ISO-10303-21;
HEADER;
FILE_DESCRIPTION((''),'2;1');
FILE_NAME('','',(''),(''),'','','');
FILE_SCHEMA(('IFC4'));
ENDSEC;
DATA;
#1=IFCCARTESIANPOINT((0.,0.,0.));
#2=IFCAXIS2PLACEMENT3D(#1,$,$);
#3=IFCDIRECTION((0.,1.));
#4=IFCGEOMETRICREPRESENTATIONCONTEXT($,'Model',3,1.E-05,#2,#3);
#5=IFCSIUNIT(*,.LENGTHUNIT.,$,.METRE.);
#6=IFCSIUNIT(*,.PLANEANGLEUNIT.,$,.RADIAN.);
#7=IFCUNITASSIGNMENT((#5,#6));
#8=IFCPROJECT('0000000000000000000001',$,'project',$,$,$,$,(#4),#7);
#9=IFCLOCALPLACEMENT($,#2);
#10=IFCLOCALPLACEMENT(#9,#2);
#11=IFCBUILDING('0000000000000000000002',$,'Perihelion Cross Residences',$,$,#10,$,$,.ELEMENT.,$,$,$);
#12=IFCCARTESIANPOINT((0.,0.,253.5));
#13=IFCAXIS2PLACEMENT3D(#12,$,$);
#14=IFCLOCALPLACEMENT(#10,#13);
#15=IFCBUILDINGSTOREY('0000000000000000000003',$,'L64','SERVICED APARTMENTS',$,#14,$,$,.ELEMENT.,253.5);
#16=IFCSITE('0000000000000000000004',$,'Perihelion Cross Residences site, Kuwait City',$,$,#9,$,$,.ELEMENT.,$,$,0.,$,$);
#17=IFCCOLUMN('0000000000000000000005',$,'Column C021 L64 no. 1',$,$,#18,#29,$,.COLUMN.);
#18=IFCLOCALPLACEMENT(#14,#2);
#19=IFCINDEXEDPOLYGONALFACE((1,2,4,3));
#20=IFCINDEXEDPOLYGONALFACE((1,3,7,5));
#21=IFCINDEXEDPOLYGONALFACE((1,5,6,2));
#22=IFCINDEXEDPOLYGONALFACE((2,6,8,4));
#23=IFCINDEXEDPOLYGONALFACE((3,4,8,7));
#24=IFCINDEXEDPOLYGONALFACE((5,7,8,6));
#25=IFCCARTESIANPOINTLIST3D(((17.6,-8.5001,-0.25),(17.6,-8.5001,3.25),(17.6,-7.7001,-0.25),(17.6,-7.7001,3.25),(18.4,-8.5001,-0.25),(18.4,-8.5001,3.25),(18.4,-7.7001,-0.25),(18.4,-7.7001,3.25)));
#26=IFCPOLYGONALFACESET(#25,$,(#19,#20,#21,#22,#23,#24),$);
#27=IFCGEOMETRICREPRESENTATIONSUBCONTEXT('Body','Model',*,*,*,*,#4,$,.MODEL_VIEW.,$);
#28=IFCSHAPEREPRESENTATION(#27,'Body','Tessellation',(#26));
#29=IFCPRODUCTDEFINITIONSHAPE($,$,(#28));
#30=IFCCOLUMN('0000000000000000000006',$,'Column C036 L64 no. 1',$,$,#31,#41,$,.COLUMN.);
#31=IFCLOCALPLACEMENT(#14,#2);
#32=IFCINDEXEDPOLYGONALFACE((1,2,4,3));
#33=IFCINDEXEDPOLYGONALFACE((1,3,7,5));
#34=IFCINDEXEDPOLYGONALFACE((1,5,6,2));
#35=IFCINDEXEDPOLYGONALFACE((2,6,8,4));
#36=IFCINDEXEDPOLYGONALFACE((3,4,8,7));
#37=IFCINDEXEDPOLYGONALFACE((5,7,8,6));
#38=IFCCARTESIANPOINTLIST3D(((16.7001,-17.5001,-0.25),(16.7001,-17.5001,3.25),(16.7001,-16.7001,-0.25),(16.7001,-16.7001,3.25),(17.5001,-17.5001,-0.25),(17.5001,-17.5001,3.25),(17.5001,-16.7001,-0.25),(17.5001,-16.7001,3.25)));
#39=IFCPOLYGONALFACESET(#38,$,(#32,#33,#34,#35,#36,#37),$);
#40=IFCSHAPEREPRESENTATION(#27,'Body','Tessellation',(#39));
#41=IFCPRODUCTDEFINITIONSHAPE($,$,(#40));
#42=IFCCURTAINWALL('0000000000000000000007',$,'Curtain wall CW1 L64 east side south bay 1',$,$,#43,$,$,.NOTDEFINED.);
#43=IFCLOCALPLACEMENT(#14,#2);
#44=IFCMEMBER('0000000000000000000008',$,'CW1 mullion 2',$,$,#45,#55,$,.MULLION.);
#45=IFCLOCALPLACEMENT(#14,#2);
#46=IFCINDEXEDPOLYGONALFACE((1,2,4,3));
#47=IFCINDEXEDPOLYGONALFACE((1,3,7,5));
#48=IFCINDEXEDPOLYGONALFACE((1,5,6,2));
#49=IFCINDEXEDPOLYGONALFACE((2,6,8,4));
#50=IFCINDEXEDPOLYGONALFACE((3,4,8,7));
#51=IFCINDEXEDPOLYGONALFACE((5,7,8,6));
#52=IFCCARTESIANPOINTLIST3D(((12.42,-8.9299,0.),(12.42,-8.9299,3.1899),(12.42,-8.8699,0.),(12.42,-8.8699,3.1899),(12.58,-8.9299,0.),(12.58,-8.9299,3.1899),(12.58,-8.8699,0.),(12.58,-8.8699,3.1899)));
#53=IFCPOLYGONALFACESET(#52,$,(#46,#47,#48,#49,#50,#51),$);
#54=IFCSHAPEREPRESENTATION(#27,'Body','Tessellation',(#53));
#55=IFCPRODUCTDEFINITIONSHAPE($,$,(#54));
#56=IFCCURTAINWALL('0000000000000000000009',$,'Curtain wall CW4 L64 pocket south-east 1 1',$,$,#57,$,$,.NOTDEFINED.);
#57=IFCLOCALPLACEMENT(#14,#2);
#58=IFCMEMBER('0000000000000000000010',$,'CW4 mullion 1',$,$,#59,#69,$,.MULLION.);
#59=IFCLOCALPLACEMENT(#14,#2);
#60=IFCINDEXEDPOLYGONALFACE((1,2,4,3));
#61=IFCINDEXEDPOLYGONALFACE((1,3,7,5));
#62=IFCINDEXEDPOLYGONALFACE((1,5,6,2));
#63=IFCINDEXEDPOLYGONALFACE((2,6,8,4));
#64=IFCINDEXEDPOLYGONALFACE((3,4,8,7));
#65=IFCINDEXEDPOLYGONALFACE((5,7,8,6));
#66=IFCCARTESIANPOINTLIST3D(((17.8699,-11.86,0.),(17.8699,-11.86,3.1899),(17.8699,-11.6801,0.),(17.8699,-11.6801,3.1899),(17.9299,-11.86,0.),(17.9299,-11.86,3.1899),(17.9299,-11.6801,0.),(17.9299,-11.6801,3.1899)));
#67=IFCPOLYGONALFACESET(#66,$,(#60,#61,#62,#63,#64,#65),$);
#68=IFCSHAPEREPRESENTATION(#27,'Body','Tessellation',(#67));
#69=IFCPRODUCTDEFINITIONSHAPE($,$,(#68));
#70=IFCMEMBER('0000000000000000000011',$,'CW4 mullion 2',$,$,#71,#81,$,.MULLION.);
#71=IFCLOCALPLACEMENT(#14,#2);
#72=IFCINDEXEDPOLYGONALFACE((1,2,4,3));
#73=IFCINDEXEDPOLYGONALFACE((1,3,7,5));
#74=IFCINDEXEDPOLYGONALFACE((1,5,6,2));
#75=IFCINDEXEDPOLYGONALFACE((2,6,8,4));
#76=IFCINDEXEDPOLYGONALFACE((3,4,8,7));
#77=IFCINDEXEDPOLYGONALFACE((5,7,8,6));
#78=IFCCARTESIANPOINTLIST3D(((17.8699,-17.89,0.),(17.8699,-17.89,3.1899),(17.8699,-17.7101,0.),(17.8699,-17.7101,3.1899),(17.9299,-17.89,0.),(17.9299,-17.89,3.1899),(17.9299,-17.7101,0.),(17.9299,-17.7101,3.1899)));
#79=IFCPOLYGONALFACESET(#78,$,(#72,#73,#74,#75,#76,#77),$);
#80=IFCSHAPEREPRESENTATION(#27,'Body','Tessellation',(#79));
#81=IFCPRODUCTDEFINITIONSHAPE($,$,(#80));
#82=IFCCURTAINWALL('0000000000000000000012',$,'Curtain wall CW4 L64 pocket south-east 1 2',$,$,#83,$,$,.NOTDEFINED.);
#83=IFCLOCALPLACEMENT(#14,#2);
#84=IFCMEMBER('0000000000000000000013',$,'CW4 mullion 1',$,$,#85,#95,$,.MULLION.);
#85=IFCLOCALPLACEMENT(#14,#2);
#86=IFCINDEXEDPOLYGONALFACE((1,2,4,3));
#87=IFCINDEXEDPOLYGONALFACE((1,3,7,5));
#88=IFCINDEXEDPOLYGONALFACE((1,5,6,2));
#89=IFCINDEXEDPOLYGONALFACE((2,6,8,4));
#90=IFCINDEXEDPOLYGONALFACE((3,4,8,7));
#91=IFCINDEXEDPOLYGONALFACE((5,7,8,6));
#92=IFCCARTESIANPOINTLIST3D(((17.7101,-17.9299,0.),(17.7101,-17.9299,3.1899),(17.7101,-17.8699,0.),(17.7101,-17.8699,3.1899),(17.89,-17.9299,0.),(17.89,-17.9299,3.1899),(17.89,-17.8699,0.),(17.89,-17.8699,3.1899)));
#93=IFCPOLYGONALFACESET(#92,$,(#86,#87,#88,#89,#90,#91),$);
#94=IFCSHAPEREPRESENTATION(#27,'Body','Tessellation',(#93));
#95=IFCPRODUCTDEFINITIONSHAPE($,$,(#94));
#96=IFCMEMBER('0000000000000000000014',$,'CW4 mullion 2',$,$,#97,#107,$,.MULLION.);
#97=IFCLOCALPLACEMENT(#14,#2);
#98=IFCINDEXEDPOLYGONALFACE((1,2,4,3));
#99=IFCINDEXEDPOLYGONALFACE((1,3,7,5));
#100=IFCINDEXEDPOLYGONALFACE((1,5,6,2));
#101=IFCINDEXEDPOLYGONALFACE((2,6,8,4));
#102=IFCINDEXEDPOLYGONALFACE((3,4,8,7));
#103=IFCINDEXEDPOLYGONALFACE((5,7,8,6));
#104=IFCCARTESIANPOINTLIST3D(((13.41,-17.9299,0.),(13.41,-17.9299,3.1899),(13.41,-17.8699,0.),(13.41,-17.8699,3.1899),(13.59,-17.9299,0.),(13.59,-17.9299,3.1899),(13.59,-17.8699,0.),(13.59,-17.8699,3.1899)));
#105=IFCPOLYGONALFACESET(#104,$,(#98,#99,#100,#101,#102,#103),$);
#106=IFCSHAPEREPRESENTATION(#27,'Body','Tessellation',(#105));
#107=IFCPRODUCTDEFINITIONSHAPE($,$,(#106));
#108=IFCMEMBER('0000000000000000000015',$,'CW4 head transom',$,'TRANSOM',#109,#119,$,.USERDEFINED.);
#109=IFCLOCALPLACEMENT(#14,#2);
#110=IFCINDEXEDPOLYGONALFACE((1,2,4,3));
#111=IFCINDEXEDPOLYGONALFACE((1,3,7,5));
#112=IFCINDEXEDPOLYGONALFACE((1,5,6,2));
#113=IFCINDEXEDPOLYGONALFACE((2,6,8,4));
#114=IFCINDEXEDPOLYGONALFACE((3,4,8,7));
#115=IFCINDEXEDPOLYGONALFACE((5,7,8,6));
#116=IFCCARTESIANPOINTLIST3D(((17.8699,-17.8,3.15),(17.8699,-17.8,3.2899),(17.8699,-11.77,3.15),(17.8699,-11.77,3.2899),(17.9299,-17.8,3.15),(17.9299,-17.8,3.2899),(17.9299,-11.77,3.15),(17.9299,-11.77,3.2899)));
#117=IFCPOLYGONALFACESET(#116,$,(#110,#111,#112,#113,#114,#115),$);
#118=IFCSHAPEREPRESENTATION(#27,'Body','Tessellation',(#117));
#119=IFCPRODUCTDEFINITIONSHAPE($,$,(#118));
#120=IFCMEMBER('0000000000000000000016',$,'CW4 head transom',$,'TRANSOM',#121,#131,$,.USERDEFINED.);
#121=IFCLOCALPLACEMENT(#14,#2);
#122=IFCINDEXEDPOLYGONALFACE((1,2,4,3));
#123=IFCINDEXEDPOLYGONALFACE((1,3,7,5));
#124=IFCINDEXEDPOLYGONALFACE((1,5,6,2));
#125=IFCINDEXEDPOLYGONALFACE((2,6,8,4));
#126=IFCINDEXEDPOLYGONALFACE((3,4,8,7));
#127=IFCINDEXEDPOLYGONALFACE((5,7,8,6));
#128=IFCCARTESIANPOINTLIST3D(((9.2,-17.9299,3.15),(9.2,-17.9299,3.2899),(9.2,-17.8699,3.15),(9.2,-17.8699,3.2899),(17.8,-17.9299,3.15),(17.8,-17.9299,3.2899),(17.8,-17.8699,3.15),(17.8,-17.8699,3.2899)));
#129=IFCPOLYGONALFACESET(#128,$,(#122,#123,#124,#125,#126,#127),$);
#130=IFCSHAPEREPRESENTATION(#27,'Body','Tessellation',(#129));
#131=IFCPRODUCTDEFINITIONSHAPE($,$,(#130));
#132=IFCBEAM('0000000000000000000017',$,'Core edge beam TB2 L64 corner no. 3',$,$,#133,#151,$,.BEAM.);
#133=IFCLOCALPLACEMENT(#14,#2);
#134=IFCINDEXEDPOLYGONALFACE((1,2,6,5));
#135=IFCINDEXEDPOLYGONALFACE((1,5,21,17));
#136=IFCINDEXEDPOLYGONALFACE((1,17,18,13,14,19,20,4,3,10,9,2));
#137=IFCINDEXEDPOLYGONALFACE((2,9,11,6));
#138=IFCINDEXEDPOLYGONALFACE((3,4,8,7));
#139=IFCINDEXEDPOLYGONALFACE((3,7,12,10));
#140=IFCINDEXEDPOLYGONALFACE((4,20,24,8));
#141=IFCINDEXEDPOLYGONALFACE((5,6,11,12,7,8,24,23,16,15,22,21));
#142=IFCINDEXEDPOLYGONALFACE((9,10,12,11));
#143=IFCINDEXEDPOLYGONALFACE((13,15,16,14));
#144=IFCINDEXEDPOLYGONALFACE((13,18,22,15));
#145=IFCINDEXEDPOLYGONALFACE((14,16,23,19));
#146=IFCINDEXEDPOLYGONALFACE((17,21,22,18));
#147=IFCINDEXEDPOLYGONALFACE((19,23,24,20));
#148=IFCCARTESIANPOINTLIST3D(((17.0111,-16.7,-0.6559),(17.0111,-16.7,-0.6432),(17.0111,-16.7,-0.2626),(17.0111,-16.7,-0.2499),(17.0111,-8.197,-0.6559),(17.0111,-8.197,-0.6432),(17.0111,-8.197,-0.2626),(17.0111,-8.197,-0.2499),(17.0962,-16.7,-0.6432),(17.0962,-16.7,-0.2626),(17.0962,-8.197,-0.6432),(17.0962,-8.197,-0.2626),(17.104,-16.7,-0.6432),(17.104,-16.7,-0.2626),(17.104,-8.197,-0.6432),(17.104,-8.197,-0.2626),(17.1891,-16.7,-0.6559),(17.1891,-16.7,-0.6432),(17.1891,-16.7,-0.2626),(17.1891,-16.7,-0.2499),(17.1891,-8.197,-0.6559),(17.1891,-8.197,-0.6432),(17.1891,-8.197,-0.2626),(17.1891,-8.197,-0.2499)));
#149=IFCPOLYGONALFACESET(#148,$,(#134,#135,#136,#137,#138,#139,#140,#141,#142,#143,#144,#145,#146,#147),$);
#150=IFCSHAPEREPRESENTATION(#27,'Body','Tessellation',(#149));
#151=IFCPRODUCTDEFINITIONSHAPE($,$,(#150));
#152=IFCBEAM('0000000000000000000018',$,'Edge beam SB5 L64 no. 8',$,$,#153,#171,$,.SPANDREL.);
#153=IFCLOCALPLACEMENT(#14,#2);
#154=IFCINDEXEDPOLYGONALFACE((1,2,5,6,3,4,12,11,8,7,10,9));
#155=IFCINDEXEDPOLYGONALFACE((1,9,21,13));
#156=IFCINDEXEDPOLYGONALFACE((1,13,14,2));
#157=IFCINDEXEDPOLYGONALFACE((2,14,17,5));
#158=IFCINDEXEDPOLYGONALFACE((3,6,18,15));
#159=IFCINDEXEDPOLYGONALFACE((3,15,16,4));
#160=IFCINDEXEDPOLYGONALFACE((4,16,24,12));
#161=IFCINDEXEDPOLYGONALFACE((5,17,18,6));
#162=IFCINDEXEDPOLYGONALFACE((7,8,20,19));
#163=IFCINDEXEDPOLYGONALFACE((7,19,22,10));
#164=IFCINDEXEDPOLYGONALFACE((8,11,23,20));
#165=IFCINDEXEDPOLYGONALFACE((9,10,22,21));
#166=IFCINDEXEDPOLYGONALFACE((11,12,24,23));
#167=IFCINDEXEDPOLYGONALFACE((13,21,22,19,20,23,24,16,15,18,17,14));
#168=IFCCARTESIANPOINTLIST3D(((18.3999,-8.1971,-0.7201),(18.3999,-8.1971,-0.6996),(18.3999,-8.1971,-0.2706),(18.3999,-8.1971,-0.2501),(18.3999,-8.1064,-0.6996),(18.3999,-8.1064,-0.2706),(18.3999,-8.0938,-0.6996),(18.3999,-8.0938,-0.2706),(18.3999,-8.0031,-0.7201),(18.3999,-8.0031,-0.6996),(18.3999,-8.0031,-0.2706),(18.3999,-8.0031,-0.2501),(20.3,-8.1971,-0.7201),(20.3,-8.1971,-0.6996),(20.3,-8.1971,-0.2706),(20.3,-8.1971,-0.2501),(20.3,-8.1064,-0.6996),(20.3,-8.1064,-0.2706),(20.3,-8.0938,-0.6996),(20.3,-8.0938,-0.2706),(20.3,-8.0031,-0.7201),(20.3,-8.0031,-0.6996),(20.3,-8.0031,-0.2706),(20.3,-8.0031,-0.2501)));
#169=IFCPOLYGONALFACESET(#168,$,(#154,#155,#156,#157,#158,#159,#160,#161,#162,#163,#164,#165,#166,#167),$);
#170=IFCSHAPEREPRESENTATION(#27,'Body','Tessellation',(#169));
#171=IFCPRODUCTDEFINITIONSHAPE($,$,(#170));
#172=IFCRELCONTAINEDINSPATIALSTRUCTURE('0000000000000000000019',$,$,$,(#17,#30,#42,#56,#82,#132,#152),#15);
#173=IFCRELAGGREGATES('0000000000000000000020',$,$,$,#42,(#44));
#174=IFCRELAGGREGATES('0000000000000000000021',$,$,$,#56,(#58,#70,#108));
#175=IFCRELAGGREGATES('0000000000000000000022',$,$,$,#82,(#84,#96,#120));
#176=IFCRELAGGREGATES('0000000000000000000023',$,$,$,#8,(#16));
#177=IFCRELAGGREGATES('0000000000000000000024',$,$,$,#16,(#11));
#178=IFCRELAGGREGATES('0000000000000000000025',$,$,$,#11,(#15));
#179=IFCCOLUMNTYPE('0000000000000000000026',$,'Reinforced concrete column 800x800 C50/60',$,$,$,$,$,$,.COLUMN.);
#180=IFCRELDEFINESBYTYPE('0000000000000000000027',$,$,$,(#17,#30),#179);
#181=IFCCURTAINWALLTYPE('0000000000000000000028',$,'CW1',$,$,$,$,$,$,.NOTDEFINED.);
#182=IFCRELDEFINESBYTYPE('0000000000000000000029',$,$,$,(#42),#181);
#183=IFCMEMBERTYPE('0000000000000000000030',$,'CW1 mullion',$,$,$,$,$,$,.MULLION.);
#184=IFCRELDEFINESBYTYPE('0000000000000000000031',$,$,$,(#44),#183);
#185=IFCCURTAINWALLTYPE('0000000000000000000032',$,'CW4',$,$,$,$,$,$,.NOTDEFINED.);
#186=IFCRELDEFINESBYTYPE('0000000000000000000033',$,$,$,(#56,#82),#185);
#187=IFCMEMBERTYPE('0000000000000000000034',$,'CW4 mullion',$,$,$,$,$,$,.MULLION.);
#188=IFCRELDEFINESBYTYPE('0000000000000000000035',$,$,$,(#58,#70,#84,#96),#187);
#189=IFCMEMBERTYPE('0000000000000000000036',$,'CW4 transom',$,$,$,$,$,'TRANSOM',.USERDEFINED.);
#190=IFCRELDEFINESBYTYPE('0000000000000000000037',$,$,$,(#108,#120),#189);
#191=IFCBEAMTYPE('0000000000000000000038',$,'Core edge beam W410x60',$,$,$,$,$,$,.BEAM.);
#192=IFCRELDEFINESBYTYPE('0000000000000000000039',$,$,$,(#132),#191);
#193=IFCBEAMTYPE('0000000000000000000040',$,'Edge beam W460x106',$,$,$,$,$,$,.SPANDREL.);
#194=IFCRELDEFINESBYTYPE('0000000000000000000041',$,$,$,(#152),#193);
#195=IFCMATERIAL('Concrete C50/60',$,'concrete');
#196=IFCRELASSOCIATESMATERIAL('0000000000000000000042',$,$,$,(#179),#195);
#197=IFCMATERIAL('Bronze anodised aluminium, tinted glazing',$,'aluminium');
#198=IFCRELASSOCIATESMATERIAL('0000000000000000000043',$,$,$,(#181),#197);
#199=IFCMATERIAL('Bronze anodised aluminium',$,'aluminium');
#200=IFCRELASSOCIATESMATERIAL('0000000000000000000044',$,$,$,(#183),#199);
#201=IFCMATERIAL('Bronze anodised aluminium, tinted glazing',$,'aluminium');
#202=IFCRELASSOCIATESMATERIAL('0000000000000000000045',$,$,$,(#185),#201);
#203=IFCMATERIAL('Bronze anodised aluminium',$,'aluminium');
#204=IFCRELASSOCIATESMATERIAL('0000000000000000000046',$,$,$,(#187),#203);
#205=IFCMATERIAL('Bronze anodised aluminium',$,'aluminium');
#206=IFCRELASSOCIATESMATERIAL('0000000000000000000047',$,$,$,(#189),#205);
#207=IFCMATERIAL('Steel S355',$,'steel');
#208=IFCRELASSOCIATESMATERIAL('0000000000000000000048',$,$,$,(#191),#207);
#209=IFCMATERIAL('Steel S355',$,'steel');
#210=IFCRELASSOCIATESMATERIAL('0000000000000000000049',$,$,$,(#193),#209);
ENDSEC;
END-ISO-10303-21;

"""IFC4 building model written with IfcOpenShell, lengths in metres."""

from ifc_helpers import new_model, si_unit, direction, frame, origin, origin_2d, place, context, subcontext, project, spatial, rectangle, i_section, extrude, material, material_profile, profile_set, type_object, element, aggregate, save


model = new_model("IFC4")

# Units and contexts
model_context = context("Model", 3, precision=1e-05, world=origin(), true_north=direction((0.0, 1.0)))
body_context = subcontext(model_context, "Body", "Model", "MODEL_VIEW")
ifc_project = project(units=[si_unit("LENGTHUNIT", "METRE"), si_unit("PLANEANGLEUNIT", "RADIAN")], contexts=[model_context])

# Site, building, storey
site_placement = place(None, origin())
site = spatial("IfcSite", under=ifc_project, at=site_placement, Name="Perihelion Cross Residences site, Kuwait City", CompositionType="ELEMENT", RefElevation=0.0)
building_placement = place(site_placement, origin())
building = spatial("IfcBuilding", under=site, at=building_placement, Name="Perihelion Cross Residences", CompositionType="ELEMENT")
storey_placement = place(building_placement, frame((0.0, 0.0, 253.5)))
storey = spatial("IfcBuildingStorey", under=building, at=storey_placement, Name="L64", Description="SERVICED APARTMENTS", CompositionType="ELEMENT", Elevation=253.5)

# Columns
ifc_material_1 = material(Name="Concrete C50/60", Category="concrete")
ifc_material_profile_1 = material_profile(ifc_material_1, rectangle(XDim=0.8, YDim=0.8, at=origin_2d()), Name="RC 800x800")
ifc_profile_set_1 = profile_set([ifc_material_profile_1], Name="Concrete C50/60")
column_type = type_object("IfcColumnType", Name="Reinforced concrete column 800x800 C50/60", PredefinedType="COLUMN", material=ifc_profile_set_1)
for number, where, z_axis, x_axis, name in (
    (1, (18.0, -8.1001, -0.25), (0.0, 0.0, 1.0), (1.0, 0.0, 0.0), "Column C021 L64 no. 1"),
    (2, (17.1001, -17.1001, -0.25), (0.0, 0.0, 1.0), (1.0, 0.0, 0.0), "Column C036 L64 no. 1"),
):
    element("IfcColumn", number, at=place(storey_placement, frame(where, z_axis=z_axis, x_axis=x_axis)), inside=storey, type_object=column_type, Name=name, PredefinedType="COLUMN", context=body_context, shape_type="SweptSolid", body=[
        extrude(rectangle(XDim=0.8, YDim=0.8, at=origin_2d()), origin(), (0.0, 0.0, 1.0), 3.5),
    ])

# Curtain wall, member
ifc_material_2 = material(Name="Bronze anodised aluminium, tinted glazing", Category="aluminium")
curtain_wall_type_1 = type_object("IfcCurtainWallType", Name="CW1", PredefinedType="NOTDEFINED", material=ifc_material_2)
curtain_wall_1_placement = place(storey_placement, origin())
curtain_wall_1 = element("IfcCurtainWall", 3, at=curtain_wall_1_placement, inside=storey, type_object=curtain_wall_type_1, Name="Curtain wall CW1 L64 east side south bay 1", PredefinedType="NOTDEFINED")
ifc_material_3 = material(Name="Bronze anodised aluminium", Category="aluminium")
ifc_material_profile_2 = material_profile(ifc_material_3, rectangle(XDim=0.0601, YDim=0.1599, at=origin_2d()), Name="CW1 mullion")
ifc_profile_set_2 = profile_set([ifc_material_profile_2], Name="Bronze anodised aluminium")
member_type_1 = type_object("IfcMemberType", Name="CW1 mullion", PredefinedType="MULLION", material=ifc_profile_set_2)
member_1_placement = place(storey_placement, frame((12.5, -8.8999, 0.0), z_axis=(0.0, 0.0, 1.0), x_axis=(0.0, 1.0, 0.0)))
member_1 = element("IfcMember", 4, at=member_1_placement, type_object=member_type_1, Name="CW1 mullion 2", PredefinedType="MULLION", context=body_context, shape_type="SweptSolid", body=[
    extrude(rectangle(XDim=0.0601, YDim=0.1599, at=origin_2d()), origin(), (0.0, 0.0, 1.0), 3.1899),
])

# Curtain walls, members
ifc_material_4 = material(Name="Bronze anodised aluminium, tinted glazing", Category="aluminium")
curtain_wall_type_2 = type_object("IfcCurtainWallType", Name="CW4", PredefinedType="NOTDEFINED", material=ifc_material_4)
curtain_wall_2_placement = place(storey_placement, origin())
curtain_wall_2 = element("IfcCurtainWall", 5, at=curtain_wall_2_placement, inside=storey, type_object=curtain_wall_type_2, Name="Curtain wall CW4 L64 pocket south-east 1 1", PredefinedType="NOTDEFINED")
ifc_material_5 = material(Name="Bronze anodised aluminium", Category="aluminium")
ifc_material_profile_3 = material_profile(ifc_material_5, rectangle(XDim=0.0601, YDim=0.1799, at=origin_2d()), Name="CW4 mullion")
ifc_profile_set_3 = profile_set([ifc_material_profile_3], Name="Bronze anodised aluminium")
member_type_2 = type_object("IfcMemberType", Name="CW4 mullion", PredefinedType="MULLION", material=ifc_profile_set_3)
member_2_placement = place(storey_placement, frame((17.8999, -11.77, 0.0), z_axis=(0.0, 0.0, 1.0), x_axis=(1.0, 0.0, 0.0)))
member_2 = element("IfcMember", 6, at=member_2_placement, type_object=member_type_2, Name="CW4 mullion 1", PredefinedType="MULLION", context=body_context, shape_type="SweptSolid", body=[
    extrude(rectangle(XDim=0.0601, YDim=0.1799, at=origin_2d()), origin(), (0.0, 0.0, 1.0), 3.1899),
])
member_3_placement = place(storey_placement, frame((17.8999, -17.8, 0.0), z_axis=(0.0, 0.0, 1.0), x_axis=(1.0, 0.0, 0.0)))
member_3 = element("IfcMember", 7, at=member_3_placement, type_object=member_type_2, Name="CW4 mullion 2", PredefinedType="MULLION", context=body_context, shape_type="SweptSolid", body=[
    extrude(rectangle(XDim=0.0601, YDim=0.1799, at=origin_2d()), origin(), (0.0, 0.0, 1.0), 3.1899),
])
curtain_wall_3_placement = place(storey_placement, origin())
curtain_wall_3 = element("IfcCurtainWall", 8, at=curtain_wall_3_placement, inside=storey, type_object=curtain_wall_type_2, Name="Curtain wall CW4 L64 pocket south-east 1 2", PredefinedType="NOTDEFINED")
member_4_placement = place(storey_placement, frame((17.8, -17.8999, 0.0), z_axis=(0.0, 0.0, 1.0), x_axis=(0.0, -1.0, 0.0)))
member_4 = element("IfcMember", 9, at=member_4_placement, type_object=member_type_2, Name="CW4 mullion 1", PredefinedType="MULLION", context=body_context, shape_type="SweptSolid", body=[
    extrude(rectangle(XDim=0.0601, YDim=0.1799, at=origin_2d()), origin(), (0.0, 0.0, 1.0), 3.1899),
])
member_5_placement = place(storey_placement, frame((13.5, -17.8999, 0.0), z_axis=(0.0, 0.0, 1.0), x_axis=(0.0, -1.0, 0.0)))
member_5 = element("IfcMember", 10, at=member_5_placement, type_object=member_type_2, Name="CW4 mullion 2", PredefinedType="MULLION", context=body_context, shape_type="SweptSolid", body=[
    extrude(rectangle(XDim=0.0601, YDim=0.1799, at=origin_2d()), origin(), (0.0, 0.0, 1.0), 3.1899),
])

# Members
ifc_material_6 = material(Name="Bronze anodised aluminium", Category="aluminium")
ifc_material_profile_4 = material_profile(ifc_material_6, rectangle(XDim=0.0601, YDim=0.1399, at=origin_2d()), Name="CW4 transom")
ifc_profile_set_4 = profile_set([ifc_material_profile_4], Name="Bronze anodised aluminium")
member_type_3 = type_object("IfcMemberType", Name="CW4 transom", ElementType="TRANSOM", PredefinedType="USERDEFINED", material=ifc_profile_set_4)
member_6_placement = place(storey_placement, frame((17.8999, -11.77, 3.22), z_axis=(0.0, -1.0, 0.0), x_axis=(1.0, 0.0, 0.0)))
member_6 = element("IfcMember", 11, at=member_6_placement, type_object=member_type_3, Name="CW4 head transom", ObjectType="TRANSOM", PredefinedType="USERDEFINED", context=body_context, shape_type="SweptSolid", body=[
    extrude(rectangle(XDim=0.0601, YDim=0.1399, at=origin_2d()), origin(), (0.0, 0.0, 1.0), 6.03),
])
member_7_placement = place(storey_placement, frame((17.8, -17.8999, 3.22), z_axis=(-1.0, 0.0, 0.0), x_axis=(0.0, -1.0, 0.0)))
member_7 = element("IfcMember", 12, at=member_7_placement, type_object=member_type_3, Name="CW4 head transom", ObjectType="TRANSOM", PredefinedType="USERDEFINED", context=body_context, shape_type="SweptSolid", body=[
    extrude(rectangle(XDim=0.0601, YDim=0.1399, at=origin_2d()), origin(), (0.0, 0.0, 1.0), 8.6001),
])

# Beams
ifc_material_7 = material(Name="Steel S355", Category="steel")
ifc_material_profile_5 = material_profile(ifc_material_7, i_section(OverallWidth=0.178, OverallDepth=0.406, WebThickness=0.0078, FlangeThickness=0.0127, at=origin_2d()), Name="W410x60")
ifc_profile_set_5 = profile_set([ifc_material_profile_5], Name="Steel S355")
beam_type_1 = type_object("IfcBeamType", Name="Core edge beam W410x60", PredefinedType="BEAM", material=ifc_profile_set_5)
beam_1_placement = place(storey_placement, frame((17.1001, -8.197, -0.4529), z_axis=(0.0, -1.0, 0.0), x_axis=(1.0, 0.0, 0.0)))
element("IfcBeam", 13, at=beam_1_placement, inside=storey, type_object=beam_type_1, Name="Core edge beam TB2 L64 corner no. 3", PredefinedType="BEAM", context=body_context, shape_type="SweptSolid", body=[
    extrude(i_section(OverallWidth=0.178, OverallDepth=0.406, WebThickness=0.0078, FlangeThickness=0.0127, at=origin_2d()), origin(), (0.0, 0.0, 1.0), 8.5029),
])
ifc_material_8 = material(Name="Steel S355", Category="steel")
ifc_material_profile_6 = material_profile(ifc_material_8, i_section(OverallWidth=0.1941, OverallDepth=0.47, WebThickness=0.0127, FlangeThickness=0.0205, at=origin_2d()), Name="W460x106")
ifc_profile_set_6 = profile_set([ifc_material_profile_6], Name="Steel S355")
beam_type_2 = type_object("IfcBeamType", Name="Edge beam W460x106", PredefinedType="SPANDREL", material=ifc_profile_set_6)
beam_2_placement = place(storey_placement, frame((18.3999, -8.1001, -0.4851), z_axis=(1.0, 0.0, 0.0), x_axis=(0.0, 1.0, 0.0)))
element("IfcBeam", 14, at=beam_2_placement, inside=storey, type_object=beam_type_2, Name="Edge beam SB5 L64 no. 8", PredefinedType="SPANDREL", context=body_context, shape_type="SweptSolid", body=[
    extrude(i_section(OverallWidth=0.1941, OverallDepth=0.47, WebThickness=0.0127, FlangeThickness=0.0205, at=origin_2d()), origin(), (0.0, 0.0, 1.0), 1.9001),
])

aggregate(curtain_wall_1, [member_1])
aggregate(curtain_wall_2, [member_2, member_3, member_6])
aggregate(curtain_wall_3, [member_4, member_5, member_7])

save(model, "model.ifc")
